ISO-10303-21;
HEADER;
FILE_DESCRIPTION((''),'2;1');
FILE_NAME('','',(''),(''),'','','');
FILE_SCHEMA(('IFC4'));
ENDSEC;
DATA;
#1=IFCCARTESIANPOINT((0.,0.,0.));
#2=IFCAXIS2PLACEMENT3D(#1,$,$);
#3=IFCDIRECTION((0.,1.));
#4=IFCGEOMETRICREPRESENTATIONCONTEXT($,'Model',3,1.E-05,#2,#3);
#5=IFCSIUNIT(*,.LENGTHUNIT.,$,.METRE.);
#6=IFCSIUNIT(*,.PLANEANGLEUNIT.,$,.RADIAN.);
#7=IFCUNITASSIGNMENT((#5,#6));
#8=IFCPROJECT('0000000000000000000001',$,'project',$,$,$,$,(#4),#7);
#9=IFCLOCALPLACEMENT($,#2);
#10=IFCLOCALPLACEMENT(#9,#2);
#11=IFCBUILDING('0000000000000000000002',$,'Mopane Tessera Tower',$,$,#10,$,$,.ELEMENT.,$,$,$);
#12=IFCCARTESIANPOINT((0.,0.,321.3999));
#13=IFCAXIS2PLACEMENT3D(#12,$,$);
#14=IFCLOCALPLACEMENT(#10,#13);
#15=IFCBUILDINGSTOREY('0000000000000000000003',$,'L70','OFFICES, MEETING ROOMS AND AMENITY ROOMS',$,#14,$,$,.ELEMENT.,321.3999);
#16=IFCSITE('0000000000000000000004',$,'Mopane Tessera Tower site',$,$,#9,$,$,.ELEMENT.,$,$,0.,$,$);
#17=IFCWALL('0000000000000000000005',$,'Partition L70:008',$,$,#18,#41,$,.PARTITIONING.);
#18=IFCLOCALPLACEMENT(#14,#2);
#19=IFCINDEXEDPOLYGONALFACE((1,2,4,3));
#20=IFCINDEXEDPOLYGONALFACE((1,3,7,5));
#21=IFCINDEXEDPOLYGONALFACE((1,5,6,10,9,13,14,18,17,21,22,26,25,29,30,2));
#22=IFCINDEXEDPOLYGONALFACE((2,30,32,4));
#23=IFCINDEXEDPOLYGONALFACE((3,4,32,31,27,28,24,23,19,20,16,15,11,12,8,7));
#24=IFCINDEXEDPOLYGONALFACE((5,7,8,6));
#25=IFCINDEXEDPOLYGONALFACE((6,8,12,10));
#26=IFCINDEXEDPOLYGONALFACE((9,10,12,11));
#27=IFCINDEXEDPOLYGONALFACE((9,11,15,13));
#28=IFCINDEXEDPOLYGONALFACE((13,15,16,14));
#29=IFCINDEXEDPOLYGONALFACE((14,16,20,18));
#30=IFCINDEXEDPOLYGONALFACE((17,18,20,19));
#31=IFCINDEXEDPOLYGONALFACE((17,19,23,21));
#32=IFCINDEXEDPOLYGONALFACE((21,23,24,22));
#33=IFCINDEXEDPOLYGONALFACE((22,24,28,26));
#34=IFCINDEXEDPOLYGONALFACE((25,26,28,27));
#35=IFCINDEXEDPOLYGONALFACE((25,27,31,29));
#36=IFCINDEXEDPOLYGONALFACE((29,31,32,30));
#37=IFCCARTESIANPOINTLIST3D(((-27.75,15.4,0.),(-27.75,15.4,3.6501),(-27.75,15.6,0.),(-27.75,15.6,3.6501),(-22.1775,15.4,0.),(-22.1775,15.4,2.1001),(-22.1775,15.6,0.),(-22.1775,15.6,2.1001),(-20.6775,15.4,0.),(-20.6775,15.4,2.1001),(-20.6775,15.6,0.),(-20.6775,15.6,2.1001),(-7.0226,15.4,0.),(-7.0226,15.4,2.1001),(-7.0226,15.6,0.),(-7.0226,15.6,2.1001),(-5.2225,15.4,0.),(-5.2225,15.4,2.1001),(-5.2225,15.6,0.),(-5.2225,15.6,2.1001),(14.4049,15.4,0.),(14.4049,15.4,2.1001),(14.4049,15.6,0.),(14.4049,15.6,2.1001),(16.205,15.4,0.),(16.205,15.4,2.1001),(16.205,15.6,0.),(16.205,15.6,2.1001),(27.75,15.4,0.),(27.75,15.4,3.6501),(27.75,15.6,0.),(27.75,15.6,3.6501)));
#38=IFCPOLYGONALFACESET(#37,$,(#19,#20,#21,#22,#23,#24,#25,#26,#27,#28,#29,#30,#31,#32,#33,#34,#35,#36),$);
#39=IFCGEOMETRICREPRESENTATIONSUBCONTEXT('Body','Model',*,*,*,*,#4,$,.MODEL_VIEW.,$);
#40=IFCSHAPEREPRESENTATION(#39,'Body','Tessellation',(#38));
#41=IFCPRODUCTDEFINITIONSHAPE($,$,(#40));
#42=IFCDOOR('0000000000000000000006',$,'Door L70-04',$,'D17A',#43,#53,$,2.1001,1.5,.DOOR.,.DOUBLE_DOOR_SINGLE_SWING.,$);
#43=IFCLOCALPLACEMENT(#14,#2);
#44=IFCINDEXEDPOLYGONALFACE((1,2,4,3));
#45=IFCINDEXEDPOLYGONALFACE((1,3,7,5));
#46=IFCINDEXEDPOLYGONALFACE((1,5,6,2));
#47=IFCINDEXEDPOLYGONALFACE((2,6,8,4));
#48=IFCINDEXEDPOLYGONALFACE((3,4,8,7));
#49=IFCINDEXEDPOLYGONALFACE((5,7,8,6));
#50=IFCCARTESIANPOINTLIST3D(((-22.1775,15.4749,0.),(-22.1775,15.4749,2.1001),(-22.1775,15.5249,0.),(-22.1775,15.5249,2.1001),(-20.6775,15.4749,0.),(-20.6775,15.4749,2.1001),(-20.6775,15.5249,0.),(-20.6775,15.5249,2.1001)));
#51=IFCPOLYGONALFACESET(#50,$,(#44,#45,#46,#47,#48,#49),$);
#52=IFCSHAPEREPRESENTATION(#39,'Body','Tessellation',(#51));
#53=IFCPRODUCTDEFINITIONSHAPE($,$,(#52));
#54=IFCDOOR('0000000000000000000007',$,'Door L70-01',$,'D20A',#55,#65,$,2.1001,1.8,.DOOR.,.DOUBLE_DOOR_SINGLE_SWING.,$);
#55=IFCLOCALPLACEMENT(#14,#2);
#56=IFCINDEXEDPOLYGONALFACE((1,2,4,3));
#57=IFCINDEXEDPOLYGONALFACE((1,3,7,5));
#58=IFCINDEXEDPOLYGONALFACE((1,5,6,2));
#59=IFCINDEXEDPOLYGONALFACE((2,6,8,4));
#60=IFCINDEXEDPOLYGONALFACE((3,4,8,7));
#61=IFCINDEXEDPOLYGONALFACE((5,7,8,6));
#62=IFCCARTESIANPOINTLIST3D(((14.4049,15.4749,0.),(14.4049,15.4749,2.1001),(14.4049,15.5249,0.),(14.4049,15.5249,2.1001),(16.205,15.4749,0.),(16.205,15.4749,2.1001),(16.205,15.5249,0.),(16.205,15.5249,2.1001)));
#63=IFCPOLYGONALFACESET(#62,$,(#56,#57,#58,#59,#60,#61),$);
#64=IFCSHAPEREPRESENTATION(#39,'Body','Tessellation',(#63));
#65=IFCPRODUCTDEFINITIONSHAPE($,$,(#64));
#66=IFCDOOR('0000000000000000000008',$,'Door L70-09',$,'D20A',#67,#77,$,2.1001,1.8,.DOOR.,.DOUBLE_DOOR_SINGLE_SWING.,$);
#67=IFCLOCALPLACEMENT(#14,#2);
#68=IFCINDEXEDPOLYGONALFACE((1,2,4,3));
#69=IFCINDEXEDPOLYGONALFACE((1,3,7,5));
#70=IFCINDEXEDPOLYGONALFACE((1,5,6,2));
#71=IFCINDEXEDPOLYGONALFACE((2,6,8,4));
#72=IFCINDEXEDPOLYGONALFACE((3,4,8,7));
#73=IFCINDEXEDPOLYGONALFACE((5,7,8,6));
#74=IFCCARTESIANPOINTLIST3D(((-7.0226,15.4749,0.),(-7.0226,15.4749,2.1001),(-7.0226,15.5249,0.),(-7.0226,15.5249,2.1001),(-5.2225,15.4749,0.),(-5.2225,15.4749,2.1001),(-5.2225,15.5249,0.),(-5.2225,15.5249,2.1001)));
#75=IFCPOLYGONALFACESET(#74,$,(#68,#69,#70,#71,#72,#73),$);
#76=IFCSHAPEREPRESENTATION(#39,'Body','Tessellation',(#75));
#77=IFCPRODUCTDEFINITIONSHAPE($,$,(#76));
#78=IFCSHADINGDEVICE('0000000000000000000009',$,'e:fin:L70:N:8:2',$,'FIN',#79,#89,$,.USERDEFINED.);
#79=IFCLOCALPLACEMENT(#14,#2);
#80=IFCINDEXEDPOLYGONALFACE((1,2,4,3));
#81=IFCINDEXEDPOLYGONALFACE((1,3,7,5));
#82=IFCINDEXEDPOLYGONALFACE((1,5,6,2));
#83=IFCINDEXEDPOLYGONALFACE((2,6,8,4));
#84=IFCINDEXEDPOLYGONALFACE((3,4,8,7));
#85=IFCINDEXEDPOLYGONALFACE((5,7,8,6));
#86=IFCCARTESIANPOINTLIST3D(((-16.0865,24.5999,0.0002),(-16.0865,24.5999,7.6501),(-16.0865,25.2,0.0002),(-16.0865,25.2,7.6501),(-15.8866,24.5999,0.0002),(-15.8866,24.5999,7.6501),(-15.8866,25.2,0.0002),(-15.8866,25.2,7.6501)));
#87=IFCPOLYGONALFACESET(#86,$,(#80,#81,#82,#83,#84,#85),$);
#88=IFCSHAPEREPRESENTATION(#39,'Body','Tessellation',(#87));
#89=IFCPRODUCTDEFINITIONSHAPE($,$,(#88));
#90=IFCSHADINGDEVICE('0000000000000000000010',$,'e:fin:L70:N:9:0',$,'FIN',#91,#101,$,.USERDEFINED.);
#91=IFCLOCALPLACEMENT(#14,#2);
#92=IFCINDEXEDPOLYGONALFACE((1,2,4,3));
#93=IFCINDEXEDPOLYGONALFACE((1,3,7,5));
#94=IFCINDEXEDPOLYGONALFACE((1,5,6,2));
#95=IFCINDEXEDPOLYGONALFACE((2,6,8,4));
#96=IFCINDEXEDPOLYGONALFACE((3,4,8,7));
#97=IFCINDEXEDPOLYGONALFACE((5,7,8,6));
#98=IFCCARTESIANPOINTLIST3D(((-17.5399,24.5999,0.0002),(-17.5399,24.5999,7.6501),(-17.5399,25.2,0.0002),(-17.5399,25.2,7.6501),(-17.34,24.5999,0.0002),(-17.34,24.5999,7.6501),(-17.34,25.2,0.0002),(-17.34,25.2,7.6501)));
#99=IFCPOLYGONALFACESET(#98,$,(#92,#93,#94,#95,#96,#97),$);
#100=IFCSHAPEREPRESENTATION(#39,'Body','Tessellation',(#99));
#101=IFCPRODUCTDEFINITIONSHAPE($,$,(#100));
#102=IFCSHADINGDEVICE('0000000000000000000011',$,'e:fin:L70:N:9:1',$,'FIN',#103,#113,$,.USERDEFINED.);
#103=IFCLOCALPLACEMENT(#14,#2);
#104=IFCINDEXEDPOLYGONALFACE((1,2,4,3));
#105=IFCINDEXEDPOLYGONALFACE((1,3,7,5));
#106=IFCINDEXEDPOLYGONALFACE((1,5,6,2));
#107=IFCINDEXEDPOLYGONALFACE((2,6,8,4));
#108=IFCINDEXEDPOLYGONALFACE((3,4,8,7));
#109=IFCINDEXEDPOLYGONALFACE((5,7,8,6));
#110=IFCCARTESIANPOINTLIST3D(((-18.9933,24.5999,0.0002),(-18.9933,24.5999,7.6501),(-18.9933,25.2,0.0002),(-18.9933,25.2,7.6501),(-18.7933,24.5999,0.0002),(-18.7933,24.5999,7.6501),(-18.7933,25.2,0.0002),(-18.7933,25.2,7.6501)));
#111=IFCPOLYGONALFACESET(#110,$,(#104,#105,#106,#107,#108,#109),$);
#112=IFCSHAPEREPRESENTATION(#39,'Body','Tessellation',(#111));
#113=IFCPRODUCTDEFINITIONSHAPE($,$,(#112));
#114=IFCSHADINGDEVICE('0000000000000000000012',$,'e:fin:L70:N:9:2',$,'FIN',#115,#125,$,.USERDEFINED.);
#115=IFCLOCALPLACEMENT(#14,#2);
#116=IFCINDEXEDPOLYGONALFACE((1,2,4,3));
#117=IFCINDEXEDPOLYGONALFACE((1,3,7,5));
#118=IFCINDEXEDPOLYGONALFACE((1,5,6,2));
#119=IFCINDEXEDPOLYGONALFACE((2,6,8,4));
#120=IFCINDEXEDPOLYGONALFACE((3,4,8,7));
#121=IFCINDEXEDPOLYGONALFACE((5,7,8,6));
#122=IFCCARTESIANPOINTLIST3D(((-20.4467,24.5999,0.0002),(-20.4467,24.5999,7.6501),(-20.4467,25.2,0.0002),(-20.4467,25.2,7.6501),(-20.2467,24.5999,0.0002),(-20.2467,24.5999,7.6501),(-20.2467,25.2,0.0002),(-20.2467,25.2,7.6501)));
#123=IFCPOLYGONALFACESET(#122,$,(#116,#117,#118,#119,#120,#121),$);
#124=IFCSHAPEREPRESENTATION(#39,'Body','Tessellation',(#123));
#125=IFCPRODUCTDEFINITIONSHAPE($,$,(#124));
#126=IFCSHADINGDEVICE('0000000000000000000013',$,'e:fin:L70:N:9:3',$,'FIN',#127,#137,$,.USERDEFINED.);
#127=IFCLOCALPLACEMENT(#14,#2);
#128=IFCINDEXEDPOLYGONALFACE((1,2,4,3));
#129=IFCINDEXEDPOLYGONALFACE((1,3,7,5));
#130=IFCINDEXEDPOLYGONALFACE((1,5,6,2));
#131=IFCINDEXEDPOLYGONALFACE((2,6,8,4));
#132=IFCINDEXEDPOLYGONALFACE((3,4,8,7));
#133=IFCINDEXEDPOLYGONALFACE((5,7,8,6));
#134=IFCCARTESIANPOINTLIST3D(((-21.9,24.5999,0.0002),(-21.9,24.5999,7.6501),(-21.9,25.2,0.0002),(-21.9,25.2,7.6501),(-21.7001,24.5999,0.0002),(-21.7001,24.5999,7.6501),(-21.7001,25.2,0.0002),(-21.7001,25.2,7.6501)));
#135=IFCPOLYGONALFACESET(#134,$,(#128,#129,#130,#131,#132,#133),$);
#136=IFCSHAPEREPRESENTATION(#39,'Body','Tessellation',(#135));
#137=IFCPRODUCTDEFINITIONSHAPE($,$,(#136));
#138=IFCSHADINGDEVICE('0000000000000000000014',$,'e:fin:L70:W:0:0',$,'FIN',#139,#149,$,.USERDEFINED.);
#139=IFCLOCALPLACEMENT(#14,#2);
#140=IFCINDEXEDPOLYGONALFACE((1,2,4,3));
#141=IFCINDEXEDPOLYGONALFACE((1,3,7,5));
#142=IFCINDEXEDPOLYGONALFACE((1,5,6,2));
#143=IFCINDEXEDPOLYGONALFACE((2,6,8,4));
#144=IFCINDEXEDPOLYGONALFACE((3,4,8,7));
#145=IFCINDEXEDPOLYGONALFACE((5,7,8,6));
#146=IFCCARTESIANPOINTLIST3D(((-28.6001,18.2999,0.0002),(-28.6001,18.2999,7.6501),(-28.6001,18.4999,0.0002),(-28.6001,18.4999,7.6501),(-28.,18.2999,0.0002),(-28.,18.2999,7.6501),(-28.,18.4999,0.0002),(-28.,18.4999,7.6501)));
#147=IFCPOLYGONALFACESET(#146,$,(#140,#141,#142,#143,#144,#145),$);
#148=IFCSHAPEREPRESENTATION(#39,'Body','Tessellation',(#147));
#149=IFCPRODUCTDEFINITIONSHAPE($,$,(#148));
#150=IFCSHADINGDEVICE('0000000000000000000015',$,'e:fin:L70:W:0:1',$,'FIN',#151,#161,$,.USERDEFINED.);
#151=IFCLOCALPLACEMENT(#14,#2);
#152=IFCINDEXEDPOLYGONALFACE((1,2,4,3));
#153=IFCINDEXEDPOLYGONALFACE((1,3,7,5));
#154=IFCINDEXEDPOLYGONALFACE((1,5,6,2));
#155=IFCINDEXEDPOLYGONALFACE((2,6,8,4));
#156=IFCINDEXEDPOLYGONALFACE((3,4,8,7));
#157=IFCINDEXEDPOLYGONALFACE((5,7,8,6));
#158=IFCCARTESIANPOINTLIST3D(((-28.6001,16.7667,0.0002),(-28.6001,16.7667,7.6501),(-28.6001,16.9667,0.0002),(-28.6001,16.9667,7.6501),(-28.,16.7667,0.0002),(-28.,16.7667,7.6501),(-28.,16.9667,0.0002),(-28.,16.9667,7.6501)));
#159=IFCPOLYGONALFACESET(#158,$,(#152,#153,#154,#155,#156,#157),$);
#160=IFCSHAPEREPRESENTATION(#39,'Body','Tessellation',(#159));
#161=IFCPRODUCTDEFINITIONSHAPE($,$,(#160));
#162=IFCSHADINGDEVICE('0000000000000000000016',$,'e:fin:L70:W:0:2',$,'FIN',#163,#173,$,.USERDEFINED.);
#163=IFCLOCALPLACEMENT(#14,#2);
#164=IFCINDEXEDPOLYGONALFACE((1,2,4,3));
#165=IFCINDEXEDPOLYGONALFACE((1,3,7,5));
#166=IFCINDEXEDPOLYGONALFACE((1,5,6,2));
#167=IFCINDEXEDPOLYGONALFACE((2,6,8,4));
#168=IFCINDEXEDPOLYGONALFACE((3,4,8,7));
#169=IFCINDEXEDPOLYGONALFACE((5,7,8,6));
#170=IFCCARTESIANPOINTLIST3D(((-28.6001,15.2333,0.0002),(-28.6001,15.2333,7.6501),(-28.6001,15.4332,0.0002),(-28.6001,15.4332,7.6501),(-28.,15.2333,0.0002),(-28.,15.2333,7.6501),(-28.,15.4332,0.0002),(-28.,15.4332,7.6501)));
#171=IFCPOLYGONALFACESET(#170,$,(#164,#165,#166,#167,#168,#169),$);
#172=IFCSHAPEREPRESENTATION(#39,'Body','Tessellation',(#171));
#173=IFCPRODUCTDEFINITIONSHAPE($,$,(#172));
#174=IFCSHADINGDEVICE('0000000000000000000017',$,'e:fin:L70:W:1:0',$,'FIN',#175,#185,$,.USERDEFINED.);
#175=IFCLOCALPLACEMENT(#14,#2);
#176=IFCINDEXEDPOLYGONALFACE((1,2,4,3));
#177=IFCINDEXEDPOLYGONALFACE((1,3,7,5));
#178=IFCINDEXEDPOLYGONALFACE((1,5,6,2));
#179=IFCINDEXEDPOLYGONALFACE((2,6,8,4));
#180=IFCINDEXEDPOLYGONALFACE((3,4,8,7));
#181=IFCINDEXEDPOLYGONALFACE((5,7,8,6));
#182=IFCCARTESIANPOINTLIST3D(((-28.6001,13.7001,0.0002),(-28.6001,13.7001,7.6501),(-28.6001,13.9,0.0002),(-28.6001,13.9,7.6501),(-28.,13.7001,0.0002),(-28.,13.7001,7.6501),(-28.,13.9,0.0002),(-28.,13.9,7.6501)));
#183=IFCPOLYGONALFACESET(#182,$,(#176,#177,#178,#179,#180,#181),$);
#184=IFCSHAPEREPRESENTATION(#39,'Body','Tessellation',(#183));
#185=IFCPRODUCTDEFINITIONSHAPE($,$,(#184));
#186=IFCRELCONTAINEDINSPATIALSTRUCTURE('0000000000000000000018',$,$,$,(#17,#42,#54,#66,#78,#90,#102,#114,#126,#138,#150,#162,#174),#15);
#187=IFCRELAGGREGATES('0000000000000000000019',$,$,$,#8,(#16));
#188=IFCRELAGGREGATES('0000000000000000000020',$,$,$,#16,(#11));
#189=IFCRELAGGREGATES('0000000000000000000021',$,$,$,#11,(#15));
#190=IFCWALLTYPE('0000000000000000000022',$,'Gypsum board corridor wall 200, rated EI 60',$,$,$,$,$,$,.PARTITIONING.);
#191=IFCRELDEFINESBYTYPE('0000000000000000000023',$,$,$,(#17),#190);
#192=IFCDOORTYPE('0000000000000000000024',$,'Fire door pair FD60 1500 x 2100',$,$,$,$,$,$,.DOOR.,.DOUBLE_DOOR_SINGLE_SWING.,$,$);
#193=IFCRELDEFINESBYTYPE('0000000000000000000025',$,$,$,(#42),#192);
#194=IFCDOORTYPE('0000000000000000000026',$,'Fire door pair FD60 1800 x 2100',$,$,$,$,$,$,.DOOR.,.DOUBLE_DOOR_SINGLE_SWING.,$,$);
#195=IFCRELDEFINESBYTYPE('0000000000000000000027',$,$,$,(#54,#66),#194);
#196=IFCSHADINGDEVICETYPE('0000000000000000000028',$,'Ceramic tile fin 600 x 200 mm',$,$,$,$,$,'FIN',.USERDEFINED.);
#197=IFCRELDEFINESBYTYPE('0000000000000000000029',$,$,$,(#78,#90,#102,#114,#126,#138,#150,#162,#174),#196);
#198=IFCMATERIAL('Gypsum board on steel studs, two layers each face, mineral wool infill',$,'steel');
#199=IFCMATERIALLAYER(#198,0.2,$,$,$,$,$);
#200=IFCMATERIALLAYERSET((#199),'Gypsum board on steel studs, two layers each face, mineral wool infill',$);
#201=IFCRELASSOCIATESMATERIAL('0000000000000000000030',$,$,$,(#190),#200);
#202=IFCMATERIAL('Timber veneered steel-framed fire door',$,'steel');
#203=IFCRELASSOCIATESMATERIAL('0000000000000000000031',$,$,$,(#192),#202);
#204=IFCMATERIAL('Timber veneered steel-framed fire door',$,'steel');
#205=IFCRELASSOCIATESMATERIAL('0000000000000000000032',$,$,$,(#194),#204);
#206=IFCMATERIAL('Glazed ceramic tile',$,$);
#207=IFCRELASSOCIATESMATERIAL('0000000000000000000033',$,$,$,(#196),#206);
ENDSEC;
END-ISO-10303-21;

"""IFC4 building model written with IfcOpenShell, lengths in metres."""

from ifc_helpers import new_model, si_unit, direction, frame, frame_2d, origin, origin_2d, place, context, subcontext, project, spatial, rectangle, extrude, material, layer, layer_set, type_object, element, fill, save


model = new_model("IFC4")

# Units and contexts
model_context = context("Model", 3, precision=1e-05, world=origin(), true_north=direction((0.0, 1.0)))
body_context = subcontext(model_context, "Body", "Model", "MODEL_VIEW")
ifc_project = project(units=[si_unit("LENGTHUNIT", "METRE"), si_unit("PLANEANGLEUNIT", "RADIAN")], contexts=[model_context])

# Site, building, storey
site_placement = place(None, origin())
site = spatial("IfcSite", under=ifc_project, at=site_placement, Name="Mopane Tessera Tower site", CompositionType="ELEMENT", RefElevation=0.0)
building_placement = place(site_placement, origin())
building = spatial("IfcBuilding", under=site, at=building_placement, Name="Mopane Tessera Tower", CompositionType="ELEMENT")
storey_placement = place(building_placement, frame((0.0, 0.0, 321.3999)))
storey = spatial("IfcBuildingStorey", under=building, at=storey_placement, Name="L70", Description="OFFICES, MEETING ROOMS AND AMENITY ROOMS", CompositionType="ELEMENT", Elevation=321.3999)

# Wall, openings, doors
ifc_material_1 = material(Name="Gypsum board on steel studs, two layers each face, mineral wool infill", Category="steel")
ifc_layer_1 = layer(ifc_material_1, 0.2)
ifc_layer_set_1 = layer_set([ifc_layer_1], Name="Gypsum board on steel studs, two layers each face, mineral wool infill")
wall_type_1 = type_object("IfcWallType", Name="Gypsum board corridor wall 200, rated EI 60", PredefinedType="PARTITIONING", material=ifc_layer_set_1)
wall_1_placement = place(storey_placement, frame((-27.75, 15.5, 0.0), z_axis=(0.0, 0.0, 1.0), x_axis=(1.0, 0.0, 0.0)))
wall_1 = element("IfcWall", 1, at=wall_1_placement, inside=storey, type_object=wall_type_1, Name="Partition L70:008", PredefinedType="PARTITIONING", context=body_context, shape_type="SweptSolid", body=[
    extrude(rectangle(XDim=55.5, YDim=0.2, at=frame_2d((27.75, 0.0))), origin(), (0.0, 0.0, 1.0), 3.6501),
])
opening_1_placement = place(wall_1_placement, frame((42.155, 0.0, 0.0)))
opening_1 = element("IfcOpeningElement", 2, at=opening_1_placement, cuts=wall_1, PredefinedType="OPENING", context=body_context, shape_type="SweptSolid", body=[
    extrude(rectangle(XDim=1.8, YDim=2.1001, at=frame_2d((0.8999, 1.05))), frame((0.0, 0.1121, 0.0), z_axis=(0.0, -1.0, 0.0), x_axis=(1.0, 0.0, 0.0)), (0.0, 0.0, 1.0), 0.2239),
])
opening_2_placement = place(wall_1_placement, frame((5.5725, 0.0, 0.0)))
opening_2 = element("IfcOpeningElement", 3, at=opening_2_placement, cuts=wall_1, PredefinedType="OPENING", context=body_context, shape_type="SweptSolid", body=[
    extrude(rectangle(XDim=1.5, YDim=2.1001, at=frame_2d((0.75, 1.05))), frame((0.0, 0.1121, 0.0), z_axis=(0.0, -1.0, 0.0), x_axis=(1.0, 0.0, 0.0)), (0.0, 0.0, 1.0), 0.2239),
])
opening_3_placement = place(wall_1_placement, frame((20.7275, 0.0, 0.0)))
opening_3 = element("IfcOpeningElement", 4, at=opening_3_placement, cuts=wall_1, PredefinedType="OPENING", context=body_context, shape_type="SweptSolid", body=[
    extrude(rectangle(XDim=1.8, YDim=2.1001, at=frame_2d((0.8999, 1.05))), frame((0.0, 0.1121, 0.0), z_axis=(0.0, -1.0, 0.0), x_axis=(1.0, 0.0, 0.0)), (0.0, 0.0, 1.0), 0.2239),
])
ifc_material_2 = material(Name="Timber veneered steel-framed fire door", Category="steel")
door_type_1 = type_object("IfcDoorType", Name="Fire door pair FD60 1500 x 2100", OperationType="DOUBLE_DOOR_SINGLE_SWING", PredefinedType="DOOR", material=ifc_material_2)
door_1_placement = place(opening_2_placement, origin())
door_1 = element("IfcDoor", 5, at=door_1_placement, inside=storey, type_object=door_type_1, Name="Door L70-04", ObjectType="D17A", OperationType="DOUBLE_DOOR_SINGLE_SWING", OverallHeight=2.1001, OverallWidth=1.5, PredefinedType="DOOR", context=body_context, shape_type="SweptSolid", body=[
    extrude(rectangle(XDim=1.5, YDim=2.1001, at=frame_2d((0.75, 1.05))), frame((0.0, 0.0249, 0.0), z_axis=(0.0, -1.0, 0.0), x_axis=(1.0, 0.0, 0.0)), (0.0, 0.0, 1.0), 0.05),
])
fill(opening_2, door_1)
ifc_material_3 = material(Name="Timber veneered steel-framed fire door", Category="steel")
door_type_2 = type_object("IfcDoorType", Name="Fire door pair FD60 1800 x 2100", OperationType="DOUBLE_DOOR_SINGLE_SWING", PredefinedType="DOOR", material=ifc_material_3)
door_2_placement = place(opening_1_placement, origin())
door_2 = element("IfcDoor", 6, at=door_2_placement, inside=storey, type_object=door_type_2, Name="Door L70-01", ObjectType="D20A", OperationType="DOUBLE_DOOR_SINGLE_SWING", OverallHeight=2.1001, OverallWidth=1.8, PredefinedType="DOOR", context=body_context, shape_type="SweptSolid", body=[
    extrude(rectangle(XDim=1.8, YDim=2.1001, at=frame_2d((0.8999, 1.05))), frame((0.0, 0.0249, 0.0), z_axis=(0.0, -1.0, 0.0), x_axis=(1.0, 0.0, 0.0)), (0.0, 0.0, 1.0), 0.05),
])
fill(opening_1, door_2)
door_3_placement = place(opening_3_placement, origin())
door_3 = element("IfcDoor", 7, at=door_3_placement, inside=storey, type_object=door_type_2, Name="Door L70-09", ObjectType="D20A", OperationType="DOUBLE_DOOR_SINGLE_SWING", OverallHeight=2.1001, OverallWidth=1.8, PredefinedType="DOOR", context=body_context, shape_type="SweptSolid", body=[
    extrude(rectangle(XDim=1.8, YDim=2.1001, at=frame_2d((0.8999, 1.05))), frame((0.0, 0.0249, 0.0), z_axis=(0.0, -1.0, 0.0), x_axis=(1.0, 0.0, 0.0)), (0.0, 0.0, 1.0), 0.05),
])
fill(opening_3, door_3)

# Shading devices
ifc_material_4 = material(Name="Glazed ceramic tile")
shading_device_type = type_object("IfcShadingDeviceType", Name="Ceramic tile fin 600 x 200 mm", ElementType="FIN", PredefinedType="USERDEFINED", material=ifc_material_4)
for number, where, z_axis, x_axis, name in (
    (8, (-15.9866, 24.8999, 0.0002), (0.0, 0.0, 1.0), (-1.0, 0.0, 0.0), "e:fin:L70:N:8:2"),
    (9, (-17.4399, 24.8999, 0.0002), (0.0, 0.0, 1.0), (-1.0, 0.0, 0.0), "e:fin:L70:N:9:0"),
    (10, (-18.8933, 24.8999, 0.0002), (0.0, 0.0, 1.0), (-1.0, 0.0, 0.0), "e:fin:L70:N:9:1"),
    (11, (-20.3467, 24.8999, 0.0002), (0.0, 0.0, 1.0), (-1.0, 0.0, 0.0), "e:fin:L70:N:9:2"),
    (12, (-21.8, 24.8999, 0.0002), (0.0, 0.0, 1.0), (-1.0, 0.0, 0.0), "e:fin:L70:N:9:3"),
    (13, (-28.3, 18.3999, 0.0002), (0.0, 0.0, 1.0), (0.0, -1.0, 0.0), "e:fin:L70:W:0:0"),
    (14, (-28.3, 16.8667, 0.0002), (0.0, 0.0, 1.0), (0.0, -1.0, 0.0), "e:fin:L70:W:0:1"),
    (15, (-28.3, 15.3333, 0.0002), (0.0, 0.0, 1.0), (0.0, -1.0, 0.0), "e:fin:L70:W:0:2"),
    (16, (-28.3, 13.8, 0.0002), (0.0, 0.0, 1.0), (0.0, -1.0, 0.0), "e:fin:L70:W:1:0"),
):
    element("IfcShadingDevice", number, at=place(storey_placement, frame(where, z_axis=z_axis, x_axis=x_axis)), inside=storey, type_object=shading_device_type, Name=name, ObjectType="FIN", PredefinedType="USERDEFINED", context=body_context, shape_type="SweptSolid", body=[
        extrude(rectangle(XDim=0.2, YDim=0.6001, at=origin_2d()), origin(), (0.0, 0.0, 1.0), 7.6499),
    ])

save(model, "model.ifc")
